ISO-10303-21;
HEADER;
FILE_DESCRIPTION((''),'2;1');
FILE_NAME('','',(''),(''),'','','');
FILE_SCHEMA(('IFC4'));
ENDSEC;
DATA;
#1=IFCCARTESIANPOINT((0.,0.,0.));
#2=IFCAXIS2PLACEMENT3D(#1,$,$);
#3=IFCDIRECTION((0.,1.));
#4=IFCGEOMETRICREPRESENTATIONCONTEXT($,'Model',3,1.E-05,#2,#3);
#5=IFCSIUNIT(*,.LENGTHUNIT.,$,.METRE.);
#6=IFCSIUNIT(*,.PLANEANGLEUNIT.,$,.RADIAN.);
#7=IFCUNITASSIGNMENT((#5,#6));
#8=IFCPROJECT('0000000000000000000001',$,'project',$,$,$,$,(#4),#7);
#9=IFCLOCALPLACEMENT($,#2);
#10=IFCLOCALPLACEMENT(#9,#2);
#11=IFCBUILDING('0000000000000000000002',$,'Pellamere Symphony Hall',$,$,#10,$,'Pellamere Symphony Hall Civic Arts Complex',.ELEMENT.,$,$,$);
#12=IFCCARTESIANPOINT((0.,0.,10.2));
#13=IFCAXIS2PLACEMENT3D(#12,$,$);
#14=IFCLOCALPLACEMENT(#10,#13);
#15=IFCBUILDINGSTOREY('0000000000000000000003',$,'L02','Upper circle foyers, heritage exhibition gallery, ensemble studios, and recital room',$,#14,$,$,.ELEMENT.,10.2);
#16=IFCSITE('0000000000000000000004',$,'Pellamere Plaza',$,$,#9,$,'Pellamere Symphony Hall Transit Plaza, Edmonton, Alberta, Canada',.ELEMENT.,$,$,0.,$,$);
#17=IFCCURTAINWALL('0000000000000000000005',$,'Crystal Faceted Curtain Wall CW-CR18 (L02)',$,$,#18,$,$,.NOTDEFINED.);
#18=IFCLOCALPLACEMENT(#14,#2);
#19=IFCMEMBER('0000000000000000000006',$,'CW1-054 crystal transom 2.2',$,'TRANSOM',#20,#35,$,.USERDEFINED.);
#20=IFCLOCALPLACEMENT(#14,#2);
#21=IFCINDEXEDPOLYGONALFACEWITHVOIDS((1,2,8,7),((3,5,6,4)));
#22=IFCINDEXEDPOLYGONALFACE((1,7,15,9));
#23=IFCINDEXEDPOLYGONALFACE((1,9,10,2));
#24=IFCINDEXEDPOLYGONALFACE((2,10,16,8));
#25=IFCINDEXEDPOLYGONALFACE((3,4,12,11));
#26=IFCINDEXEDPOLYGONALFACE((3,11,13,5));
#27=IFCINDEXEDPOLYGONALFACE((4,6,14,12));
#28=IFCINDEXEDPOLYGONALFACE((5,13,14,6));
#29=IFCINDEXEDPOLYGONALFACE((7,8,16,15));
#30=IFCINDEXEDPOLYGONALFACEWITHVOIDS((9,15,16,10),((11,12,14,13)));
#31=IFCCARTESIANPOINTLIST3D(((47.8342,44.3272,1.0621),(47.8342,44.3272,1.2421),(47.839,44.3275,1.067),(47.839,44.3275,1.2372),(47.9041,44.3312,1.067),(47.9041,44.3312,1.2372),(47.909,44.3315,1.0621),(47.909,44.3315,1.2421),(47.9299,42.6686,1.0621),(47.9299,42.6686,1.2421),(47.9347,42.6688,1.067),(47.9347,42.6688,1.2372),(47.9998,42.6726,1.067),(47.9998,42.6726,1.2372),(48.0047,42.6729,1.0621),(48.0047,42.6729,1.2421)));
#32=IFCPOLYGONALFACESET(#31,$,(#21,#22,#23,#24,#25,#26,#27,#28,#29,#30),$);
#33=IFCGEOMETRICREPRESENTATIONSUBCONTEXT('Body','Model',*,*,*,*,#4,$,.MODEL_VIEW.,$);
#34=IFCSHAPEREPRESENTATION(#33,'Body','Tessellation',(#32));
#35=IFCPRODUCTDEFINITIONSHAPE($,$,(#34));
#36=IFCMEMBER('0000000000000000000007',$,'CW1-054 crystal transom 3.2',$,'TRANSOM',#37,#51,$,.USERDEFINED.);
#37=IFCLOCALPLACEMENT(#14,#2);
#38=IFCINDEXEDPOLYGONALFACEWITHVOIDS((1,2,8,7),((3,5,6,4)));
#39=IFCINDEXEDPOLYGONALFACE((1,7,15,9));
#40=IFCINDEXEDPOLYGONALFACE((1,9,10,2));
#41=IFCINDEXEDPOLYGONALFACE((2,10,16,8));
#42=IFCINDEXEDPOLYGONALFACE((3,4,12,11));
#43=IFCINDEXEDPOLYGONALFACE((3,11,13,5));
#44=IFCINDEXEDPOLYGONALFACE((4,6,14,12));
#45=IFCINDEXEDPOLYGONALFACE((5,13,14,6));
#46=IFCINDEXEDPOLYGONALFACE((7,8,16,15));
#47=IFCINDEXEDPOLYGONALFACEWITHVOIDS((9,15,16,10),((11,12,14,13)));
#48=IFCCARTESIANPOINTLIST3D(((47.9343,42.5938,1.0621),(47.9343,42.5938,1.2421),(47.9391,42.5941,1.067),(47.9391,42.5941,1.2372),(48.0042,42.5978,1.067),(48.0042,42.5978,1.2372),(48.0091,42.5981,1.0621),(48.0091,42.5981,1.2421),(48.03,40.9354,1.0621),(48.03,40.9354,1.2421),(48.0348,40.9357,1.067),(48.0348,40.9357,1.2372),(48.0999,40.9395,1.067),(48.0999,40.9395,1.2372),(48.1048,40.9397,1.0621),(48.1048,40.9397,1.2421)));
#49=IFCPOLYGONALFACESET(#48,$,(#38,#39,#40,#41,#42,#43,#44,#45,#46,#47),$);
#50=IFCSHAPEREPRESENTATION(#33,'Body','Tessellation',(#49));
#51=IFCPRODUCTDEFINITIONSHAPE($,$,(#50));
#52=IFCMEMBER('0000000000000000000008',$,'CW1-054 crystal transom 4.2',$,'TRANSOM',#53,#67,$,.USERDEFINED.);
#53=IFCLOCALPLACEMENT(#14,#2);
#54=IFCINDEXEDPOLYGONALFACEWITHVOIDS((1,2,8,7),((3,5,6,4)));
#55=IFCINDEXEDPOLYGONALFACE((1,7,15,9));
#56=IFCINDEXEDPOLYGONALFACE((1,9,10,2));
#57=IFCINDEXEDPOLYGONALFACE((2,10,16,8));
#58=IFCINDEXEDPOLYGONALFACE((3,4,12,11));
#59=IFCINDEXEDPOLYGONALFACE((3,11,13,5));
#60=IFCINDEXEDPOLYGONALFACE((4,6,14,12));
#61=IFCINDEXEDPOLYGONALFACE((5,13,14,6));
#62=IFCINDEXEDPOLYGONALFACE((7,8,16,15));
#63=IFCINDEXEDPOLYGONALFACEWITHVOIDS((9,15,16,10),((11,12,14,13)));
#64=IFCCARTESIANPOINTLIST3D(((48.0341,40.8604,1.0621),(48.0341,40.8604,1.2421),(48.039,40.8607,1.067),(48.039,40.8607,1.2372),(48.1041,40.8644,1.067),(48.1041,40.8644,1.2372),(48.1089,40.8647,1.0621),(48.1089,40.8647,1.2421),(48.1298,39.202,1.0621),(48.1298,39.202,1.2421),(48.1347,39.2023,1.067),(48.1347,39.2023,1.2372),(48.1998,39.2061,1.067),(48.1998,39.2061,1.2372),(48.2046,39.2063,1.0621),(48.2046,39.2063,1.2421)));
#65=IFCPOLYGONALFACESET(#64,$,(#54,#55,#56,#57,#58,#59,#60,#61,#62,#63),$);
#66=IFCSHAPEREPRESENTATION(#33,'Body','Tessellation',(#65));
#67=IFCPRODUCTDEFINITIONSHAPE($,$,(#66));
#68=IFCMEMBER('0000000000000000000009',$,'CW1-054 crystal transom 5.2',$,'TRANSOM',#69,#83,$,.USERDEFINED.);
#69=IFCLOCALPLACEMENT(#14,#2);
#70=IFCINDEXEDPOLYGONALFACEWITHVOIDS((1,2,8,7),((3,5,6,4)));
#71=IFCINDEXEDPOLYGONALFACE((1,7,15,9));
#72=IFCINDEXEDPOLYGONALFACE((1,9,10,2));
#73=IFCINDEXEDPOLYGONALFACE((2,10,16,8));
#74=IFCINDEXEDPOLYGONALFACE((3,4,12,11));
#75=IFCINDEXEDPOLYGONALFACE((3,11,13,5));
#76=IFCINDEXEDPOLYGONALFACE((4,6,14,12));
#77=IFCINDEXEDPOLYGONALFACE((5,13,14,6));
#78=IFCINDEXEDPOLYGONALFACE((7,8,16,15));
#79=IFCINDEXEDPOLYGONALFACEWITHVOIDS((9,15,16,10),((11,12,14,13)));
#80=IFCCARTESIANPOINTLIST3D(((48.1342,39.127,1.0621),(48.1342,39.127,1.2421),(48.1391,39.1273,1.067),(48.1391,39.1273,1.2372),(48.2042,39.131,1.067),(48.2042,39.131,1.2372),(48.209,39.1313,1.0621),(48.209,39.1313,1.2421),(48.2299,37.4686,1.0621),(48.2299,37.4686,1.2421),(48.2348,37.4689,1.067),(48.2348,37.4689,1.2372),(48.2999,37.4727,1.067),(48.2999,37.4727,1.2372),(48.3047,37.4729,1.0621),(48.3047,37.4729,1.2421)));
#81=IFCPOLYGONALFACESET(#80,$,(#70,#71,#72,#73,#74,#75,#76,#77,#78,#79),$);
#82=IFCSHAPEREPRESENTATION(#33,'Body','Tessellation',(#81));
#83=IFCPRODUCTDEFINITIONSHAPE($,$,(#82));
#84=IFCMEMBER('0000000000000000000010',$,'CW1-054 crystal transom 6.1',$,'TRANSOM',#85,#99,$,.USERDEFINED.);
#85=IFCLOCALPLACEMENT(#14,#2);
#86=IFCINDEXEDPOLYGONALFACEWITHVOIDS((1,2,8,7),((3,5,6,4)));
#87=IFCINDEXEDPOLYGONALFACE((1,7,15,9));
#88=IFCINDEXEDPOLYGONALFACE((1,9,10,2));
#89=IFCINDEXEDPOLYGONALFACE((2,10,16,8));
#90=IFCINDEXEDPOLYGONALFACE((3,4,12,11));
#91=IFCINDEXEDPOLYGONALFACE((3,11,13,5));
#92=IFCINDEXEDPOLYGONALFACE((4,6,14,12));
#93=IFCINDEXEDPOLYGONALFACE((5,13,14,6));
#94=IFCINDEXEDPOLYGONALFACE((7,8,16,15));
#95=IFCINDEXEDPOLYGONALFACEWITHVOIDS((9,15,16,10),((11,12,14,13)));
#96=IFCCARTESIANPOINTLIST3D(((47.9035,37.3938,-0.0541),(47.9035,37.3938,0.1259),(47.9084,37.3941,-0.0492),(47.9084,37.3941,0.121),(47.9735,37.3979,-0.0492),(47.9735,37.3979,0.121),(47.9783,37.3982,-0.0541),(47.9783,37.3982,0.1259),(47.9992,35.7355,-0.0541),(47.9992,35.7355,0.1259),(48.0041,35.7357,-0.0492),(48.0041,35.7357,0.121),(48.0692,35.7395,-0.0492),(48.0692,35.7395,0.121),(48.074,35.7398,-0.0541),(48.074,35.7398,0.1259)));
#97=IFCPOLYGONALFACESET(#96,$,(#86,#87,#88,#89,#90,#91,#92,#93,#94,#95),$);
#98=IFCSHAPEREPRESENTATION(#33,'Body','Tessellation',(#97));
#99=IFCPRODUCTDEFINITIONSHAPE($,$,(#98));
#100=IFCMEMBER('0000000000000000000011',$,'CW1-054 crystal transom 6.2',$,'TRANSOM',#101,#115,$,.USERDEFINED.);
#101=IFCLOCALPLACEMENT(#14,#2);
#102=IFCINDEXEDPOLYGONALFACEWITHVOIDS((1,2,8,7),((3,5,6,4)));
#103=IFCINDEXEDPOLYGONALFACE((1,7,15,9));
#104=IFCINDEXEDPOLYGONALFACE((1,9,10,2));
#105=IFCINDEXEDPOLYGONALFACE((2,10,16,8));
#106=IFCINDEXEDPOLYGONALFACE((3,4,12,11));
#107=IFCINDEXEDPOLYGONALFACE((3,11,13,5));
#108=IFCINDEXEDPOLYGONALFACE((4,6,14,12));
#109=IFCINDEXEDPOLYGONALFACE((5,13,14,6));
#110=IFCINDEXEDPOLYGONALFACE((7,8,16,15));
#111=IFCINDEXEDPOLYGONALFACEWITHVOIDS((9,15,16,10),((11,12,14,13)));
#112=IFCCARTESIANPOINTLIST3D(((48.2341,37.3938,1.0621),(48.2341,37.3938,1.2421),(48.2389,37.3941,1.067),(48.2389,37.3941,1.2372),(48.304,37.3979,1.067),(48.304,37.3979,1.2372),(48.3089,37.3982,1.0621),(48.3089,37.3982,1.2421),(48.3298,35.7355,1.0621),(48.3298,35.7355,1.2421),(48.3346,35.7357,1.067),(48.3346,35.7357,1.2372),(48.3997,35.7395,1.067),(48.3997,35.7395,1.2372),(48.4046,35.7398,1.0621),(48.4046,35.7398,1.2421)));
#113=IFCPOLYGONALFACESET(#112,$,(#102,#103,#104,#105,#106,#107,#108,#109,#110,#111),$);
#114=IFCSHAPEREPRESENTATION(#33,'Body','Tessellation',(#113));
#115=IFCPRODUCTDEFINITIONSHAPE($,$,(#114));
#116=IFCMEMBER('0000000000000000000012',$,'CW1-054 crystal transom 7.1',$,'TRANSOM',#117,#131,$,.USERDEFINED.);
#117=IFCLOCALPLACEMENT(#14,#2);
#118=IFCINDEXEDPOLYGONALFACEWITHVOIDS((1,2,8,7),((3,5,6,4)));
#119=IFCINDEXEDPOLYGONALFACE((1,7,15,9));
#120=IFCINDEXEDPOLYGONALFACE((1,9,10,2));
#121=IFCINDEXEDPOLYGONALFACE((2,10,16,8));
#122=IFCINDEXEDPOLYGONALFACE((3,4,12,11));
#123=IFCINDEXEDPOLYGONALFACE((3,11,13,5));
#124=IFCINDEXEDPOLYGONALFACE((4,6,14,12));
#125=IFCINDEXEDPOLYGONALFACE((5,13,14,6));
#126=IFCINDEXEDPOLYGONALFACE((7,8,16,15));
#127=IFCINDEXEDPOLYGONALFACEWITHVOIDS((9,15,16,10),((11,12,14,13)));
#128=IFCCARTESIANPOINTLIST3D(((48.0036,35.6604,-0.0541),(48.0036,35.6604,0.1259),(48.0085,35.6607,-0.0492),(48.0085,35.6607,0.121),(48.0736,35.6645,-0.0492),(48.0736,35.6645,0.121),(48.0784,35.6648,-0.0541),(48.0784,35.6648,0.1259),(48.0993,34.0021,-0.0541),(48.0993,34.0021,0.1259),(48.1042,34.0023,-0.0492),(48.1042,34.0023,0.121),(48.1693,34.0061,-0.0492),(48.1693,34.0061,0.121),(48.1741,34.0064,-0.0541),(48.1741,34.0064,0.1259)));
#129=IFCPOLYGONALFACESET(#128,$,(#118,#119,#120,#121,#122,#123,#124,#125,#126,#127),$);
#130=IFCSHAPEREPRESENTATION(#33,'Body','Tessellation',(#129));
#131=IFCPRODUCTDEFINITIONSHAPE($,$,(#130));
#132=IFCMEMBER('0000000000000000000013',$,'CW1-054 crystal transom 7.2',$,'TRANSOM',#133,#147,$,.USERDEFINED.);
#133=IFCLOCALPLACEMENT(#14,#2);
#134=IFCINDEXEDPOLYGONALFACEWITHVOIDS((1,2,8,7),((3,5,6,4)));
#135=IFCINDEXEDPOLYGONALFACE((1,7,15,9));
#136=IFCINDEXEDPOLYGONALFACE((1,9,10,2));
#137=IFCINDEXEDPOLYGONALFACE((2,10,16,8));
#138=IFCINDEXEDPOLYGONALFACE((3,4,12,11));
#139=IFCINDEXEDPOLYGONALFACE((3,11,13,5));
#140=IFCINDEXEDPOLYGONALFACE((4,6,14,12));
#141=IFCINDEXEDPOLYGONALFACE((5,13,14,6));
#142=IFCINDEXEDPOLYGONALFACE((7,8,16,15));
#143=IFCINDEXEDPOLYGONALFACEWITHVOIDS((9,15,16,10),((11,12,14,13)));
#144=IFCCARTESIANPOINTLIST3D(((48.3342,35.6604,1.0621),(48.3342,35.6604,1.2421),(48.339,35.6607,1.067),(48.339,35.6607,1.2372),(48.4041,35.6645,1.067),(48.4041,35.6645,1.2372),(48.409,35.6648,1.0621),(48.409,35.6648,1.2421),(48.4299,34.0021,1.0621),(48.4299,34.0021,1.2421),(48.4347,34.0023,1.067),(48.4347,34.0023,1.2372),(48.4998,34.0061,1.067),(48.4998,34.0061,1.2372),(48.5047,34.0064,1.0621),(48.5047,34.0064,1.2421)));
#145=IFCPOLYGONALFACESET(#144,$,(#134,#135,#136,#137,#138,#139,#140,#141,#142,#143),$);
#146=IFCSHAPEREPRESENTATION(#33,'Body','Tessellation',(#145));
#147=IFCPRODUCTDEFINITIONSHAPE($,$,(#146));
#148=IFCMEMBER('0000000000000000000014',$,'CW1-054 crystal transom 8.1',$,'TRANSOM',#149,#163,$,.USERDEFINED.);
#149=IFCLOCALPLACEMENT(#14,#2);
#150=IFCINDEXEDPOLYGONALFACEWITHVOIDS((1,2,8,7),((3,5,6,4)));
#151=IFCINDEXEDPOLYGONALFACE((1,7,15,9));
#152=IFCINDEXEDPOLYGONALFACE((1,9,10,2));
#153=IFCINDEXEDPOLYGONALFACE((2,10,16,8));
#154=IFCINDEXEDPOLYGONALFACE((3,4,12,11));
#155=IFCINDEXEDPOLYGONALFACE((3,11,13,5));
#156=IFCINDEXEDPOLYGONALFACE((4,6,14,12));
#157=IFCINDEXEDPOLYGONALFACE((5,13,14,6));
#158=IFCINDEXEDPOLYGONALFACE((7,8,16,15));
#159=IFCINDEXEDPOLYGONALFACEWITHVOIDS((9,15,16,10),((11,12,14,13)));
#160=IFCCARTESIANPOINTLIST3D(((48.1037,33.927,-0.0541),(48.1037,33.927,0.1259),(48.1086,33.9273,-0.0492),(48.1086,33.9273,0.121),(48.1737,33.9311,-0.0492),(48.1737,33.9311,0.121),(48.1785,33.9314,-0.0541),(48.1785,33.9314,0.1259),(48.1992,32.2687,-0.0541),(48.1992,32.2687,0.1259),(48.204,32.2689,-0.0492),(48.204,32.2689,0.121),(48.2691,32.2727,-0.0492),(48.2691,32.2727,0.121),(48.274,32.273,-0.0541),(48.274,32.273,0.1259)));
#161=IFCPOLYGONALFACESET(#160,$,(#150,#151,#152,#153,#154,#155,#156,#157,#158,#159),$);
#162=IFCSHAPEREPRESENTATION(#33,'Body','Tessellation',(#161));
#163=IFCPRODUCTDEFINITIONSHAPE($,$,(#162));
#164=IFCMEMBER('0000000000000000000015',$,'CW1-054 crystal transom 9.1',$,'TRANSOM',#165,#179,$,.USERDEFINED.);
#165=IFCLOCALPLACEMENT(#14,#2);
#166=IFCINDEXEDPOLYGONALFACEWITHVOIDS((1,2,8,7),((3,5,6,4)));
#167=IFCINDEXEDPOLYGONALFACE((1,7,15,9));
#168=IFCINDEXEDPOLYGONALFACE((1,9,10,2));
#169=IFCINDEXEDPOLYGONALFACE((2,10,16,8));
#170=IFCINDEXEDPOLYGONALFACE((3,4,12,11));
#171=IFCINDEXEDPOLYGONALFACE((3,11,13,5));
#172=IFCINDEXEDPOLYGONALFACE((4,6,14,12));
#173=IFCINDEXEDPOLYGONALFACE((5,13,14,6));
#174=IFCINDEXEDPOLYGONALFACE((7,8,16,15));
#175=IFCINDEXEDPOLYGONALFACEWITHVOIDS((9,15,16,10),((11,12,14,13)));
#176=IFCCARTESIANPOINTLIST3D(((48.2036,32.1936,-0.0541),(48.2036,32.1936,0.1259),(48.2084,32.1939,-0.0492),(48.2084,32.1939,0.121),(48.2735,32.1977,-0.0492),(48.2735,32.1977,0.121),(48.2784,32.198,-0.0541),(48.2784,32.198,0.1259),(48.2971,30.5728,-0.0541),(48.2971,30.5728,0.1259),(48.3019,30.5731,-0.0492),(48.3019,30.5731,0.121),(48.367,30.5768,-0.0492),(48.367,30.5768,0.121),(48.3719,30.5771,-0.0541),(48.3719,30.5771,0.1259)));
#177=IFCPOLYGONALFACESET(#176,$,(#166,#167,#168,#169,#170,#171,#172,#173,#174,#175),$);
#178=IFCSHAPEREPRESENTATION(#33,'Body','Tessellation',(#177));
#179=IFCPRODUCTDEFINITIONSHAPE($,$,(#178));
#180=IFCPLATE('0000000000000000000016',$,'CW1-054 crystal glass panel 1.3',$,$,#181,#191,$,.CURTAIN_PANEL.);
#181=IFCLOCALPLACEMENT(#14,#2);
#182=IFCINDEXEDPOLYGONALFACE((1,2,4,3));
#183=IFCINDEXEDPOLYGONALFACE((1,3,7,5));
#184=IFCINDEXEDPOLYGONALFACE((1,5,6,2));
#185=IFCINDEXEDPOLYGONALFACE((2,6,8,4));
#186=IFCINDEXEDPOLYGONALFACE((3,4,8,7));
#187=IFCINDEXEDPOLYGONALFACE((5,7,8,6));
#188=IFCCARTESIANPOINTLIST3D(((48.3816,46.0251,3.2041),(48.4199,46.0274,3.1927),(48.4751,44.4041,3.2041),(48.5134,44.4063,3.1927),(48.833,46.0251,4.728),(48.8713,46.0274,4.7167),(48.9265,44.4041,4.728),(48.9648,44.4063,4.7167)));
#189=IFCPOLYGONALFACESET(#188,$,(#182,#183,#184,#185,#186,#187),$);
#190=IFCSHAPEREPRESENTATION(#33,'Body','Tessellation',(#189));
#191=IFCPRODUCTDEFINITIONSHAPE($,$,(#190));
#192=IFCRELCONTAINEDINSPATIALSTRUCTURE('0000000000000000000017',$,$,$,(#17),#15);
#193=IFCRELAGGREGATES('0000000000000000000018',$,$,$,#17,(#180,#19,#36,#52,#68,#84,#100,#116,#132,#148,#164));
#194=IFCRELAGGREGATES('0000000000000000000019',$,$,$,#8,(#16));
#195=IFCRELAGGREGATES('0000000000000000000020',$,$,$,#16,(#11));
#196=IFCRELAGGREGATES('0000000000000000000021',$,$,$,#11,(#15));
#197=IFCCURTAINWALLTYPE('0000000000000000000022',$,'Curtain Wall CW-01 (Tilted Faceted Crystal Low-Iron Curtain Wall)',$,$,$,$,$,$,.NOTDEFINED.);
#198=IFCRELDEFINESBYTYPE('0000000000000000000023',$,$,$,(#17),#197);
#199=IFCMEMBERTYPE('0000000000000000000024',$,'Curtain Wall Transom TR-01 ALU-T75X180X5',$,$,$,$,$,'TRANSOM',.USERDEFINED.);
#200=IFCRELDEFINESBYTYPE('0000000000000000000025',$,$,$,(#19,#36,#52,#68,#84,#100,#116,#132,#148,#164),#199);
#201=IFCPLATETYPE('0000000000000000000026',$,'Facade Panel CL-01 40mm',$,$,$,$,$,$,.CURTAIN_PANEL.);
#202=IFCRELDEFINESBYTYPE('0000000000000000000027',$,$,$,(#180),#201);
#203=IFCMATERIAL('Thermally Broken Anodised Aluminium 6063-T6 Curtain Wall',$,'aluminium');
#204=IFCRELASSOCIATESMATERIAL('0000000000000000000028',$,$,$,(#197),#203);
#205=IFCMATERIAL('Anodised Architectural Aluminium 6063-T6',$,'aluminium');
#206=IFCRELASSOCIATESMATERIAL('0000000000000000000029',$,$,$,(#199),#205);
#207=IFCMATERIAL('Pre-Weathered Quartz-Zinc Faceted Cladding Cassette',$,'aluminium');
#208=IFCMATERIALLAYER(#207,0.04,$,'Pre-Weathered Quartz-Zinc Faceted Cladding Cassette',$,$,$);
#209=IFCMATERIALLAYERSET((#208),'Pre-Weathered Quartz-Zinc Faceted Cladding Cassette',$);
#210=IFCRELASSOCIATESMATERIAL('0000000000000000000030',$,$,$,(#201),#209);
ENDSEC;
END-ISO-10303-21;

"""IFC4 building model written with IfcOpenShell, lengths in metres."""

from ifc_helpers import new_model, si_unit, direction, frame, origin, origin_2d, place, context, subcontext, project, spatial, polyline, hollow_rectangle, outline, extrude, material, layer, layer_set, material_profile, profile_set, type_object, element, aggregate, save


model = new_model("IFC4")

# Units and contexts
model_context = context("Model", 3, precision=1e-05, world=origin(), true_north=direction((0.0, 1.0)))
body_context = subcontext(model_context, "Body", "Model", "MODEL_VIEW")
ifc_project = project(units=[si_unit("LENGTHUNIT", "METRE"), si_unit("PLANEANGLEUNIT", "RADIAN")], contexts=[model_context])

# Site, building, storey
site_placement = place(None, origin())
site = spatial("IfcSite", under=ifc_project, at=site_placement, Name="Pellamere Plaza", LongName="Pellamere Symphony Hall Transit Plaza, Edmonton, Alberta, Canada", CompositionType="ELEMENT", RefElevation=0.0)
building_placement = place(site_placement, origin())
building = spatial("IfcBuilding", under=site, at=building_placement, Name="Pellamere Symphony Hall", LongName="Pellamere Symphony Hall Civic Arts Complex", CompositionType="ELEMENT")
storey_placement = place(building_placement, frame((0.0, 0.0, 10.2)))
storey = spatial("IfcBuildingStorey", under=building, at=storey_placement, Name="L02", Description="Upper circle foyers, heritage exhibition gallery, ensemble studios, and recital room", CompositionType="ELEMENT", Elevation=10.2)

# Curtain wall
ifc_material_1 = material(Name="Thermally Broken Anodised Aluminium 6063-T6 Curtain Wall", Category="aluminium")
curtain_wall_type = type_object("IfcCurtainWallType", Name="Curtain Wall CW-01 (Tilted Faceted Crystal Low-Iron Curtain Wall)", PredefinedType="NOTDEFINED", material=ifc_material_1)
curtain_wall_1_placement = place(storey_placement, origin())
curtain_wall_1 = element("IfcCurtainWall", 1, at=curtain_wall_1_placement, inside=storey, type_object=curtain_wall_type, Name="Crystal Faceted Curtain Wall CW-CR18 (L02)", PredefinedType="NOTDEFINED")
ifc_material_2 = material(Name="Anodised Architectural Aluminium 6063-T6", Category="aluminium")
ifc_material_profile_1 = material_profile(ifc_material_2, hollow_rectangle(XDim=0.075, YDim=0.1799, WallThickness=0.0049, at=origin_2d()), Name="ALU-T75X180X5")
ifc_profile_set_1 = profile_set([ifc_material_profile_1], Name="Anodised Architectural Aluminium 6063-T6")
member_type_1 = type_object("IfcMemberType", Name="Curtain Wall Transom TR-01 ALU-T75X180X5", ElementType="TRANSOM", PredefinedType="USERDEFINED", material=ifc_profile_set_1)

# Members
member_1_placement = place(storey_placement, frame((47.8716, 44.3293, 1.1521), z_axis=(0.057602, -0.99834, 0.0), x_axis=(0.99834, 0.057602, 0.0)))
member_1 = element("IfcMember", 2, at=member_1_placement, type_object=member_type_1, Name="CW1-054 crystal transom 2.2", ObjectType="TRANSOM", PredefinedType="USERDEFINED", context=body_context, shape_type="SweptSolid", body=[
    extrude(hollow_rectangle(XDim=0.075, YDim=0.1799, WallThickness=0.0049, at=origin_2d()), origin(), (0.0, 0.0, 1.0), 1.6614),
])
member_2_placement = place(storey_placement, frame((47.9717, 42.5959, 1.1521), z_axis=(0.057611, -0.998339, 0.0), x_axis=(0.998339, 0.057611, 0.0)))
member_2 = element("IfcMember", 3, at=member_2_placement, type_object=member_type_1, Name="CW1-054 crystal transom 3.2", ObjectType="TRANSOM", PredefinedType="USERDEFINED", context=body_context, shape_type="SweptSolid", body=[
    extrude(hollow_rectangle(XDim=0.075, YDim=0.1799, WallThickness=0.0049, at=origin_2d()), origin(), (0.0, 0.0, 1.0), 1.6611),
])
member_3_placement = place(storey_placement, frame((48.0715, 40.8625, 1.1521), z_axis=(0.057611, -0.998339, 0.0), x_axis=(0.998339, 0.057611, 0.0)))
member_3 = element("IfcMember", 4, at=member_3_placement, type_object=member_type_1, Name="CW1-054 crystal transom 4.2", ObjectType="TRANSOM", PredefinedType="USERDEFINED", context=body_context, shape_type="SweptSolid", body=[
    extrude(hollow_rectangle(XDim=0.075, YDim=0.1799, WallThickness=0.0049, at=origin_2d()), origin(), (0.0, 0.0, 1.0), 1.6611),
])
member_4_placement = place(storey_placement, frame((48.1716, 39.1292, 1.1521), z_axis=(0.057611, -0.998339, 0.0), x_axis=(0.998339, 0.057611, 0.0)))
member_4 = element("IfcMember", 5, at=member_4_placement, type_object=member_type_1, Name="CW1-054 crystal transom 5.2", ObjectType="TRANSOM", PredefinedType="USERDEFINED", context=body_context, shape_type="SweptSolid", body=[
    extrude(hollow_rectangle(XDim=0.075, YDim=0.1799, WallThickness=0.0049, at=origin_2d()), origin(), (0.0, 0.0, 1.0), 1.6611),
])
member_5_placement = place(storey_placement, frame((47.9409, 37.396, 0.0359), z_axis=(0.057611, -0.998339, 0.0), x_axis=(0.998339, 0.057611, 0.0)))
member_5 = element("IfcMember", 6, at=member_5_placement, type_object=member_type_1, Name="CW1-054 crystal transom 6.1", ObjectType="TRANSOM", PredefinedType="USERDEFINED", context=body_context, shape_type="SweptSolid", body=[
    extrude(hollow_rectangle(XDim=0.075, YDim=0.1799, WallThickness=0.0049, at=origin_2d()), origin(), (0.0, 0.0, 1.0), 1.6611),
])
member_6_placement = place(storey_placement, frame((48.2715, 37.396, 1.1521), z_axis=(0.057611, -0.998339, 0.0), x_axis=(0.998339, 0.057611, 0.0)))
member_6 = element("IfcMember", 7, at=member_6_placement, type_object=member_type_1, Name="CW1-054 crystal transom 6.2", ObjectType="TRANSOM", PredefinedType="USERDEFINED", context=body_context, shape_type="SweptSolid", body=[
    extrude(hollow_rectangle(XDim=0.075, YDim=0.1799, WallThickness=0.0049, at=origin_2d()), origin(), (0.0, 0.0, 1.0), 1.6611),
])
member_7_placement = place(storey_placement, frame((48.041, 35.6626, 0.0359), z_axis=(0.057611, -0.998339, 0.0), x_axis=(0.998339, 0.057611, 0.0)))
member_7 = element("IfcMember", 8, at=member_7_placement, type_object=member_type_1, Name="CW1-054 crystal transom 7.1", ObjectType="TRANSOM", PredefinedType="USERDEFINED", context=body_context, shape_type="SweptSolid", body=[
    extrude(hollow_rectangle(XDim=0.075, YDim=0.1799, WallThickness=0.0049, at=origin_2d()), origin(), (0.0, 0.0, 1.0), 1.6611),
])
member_8_placement = place(storey_placement, frame((48.3716, 35.6626, 1.1521), z_axis=(0.057611, -0.998339, 0.0), x_axis=(0.998339, 0.057611, 0.0)))
member_8 = element("IfcMember", 9, at=member_8_placement, type_object=member_type_1, Name="CW1-054 crystal transom 7.2", ObjectType="TRANSOM", PredefinedType="USERDEFINED", context=body_context, shape_type="SweptSolid", body=[
    extrude(hollow_rectangle(XDim=0.075, YDim=0.1799, WallThickness=0.0049, at=origin_2d()), origin(), (0.0, 0.0, 1.0), 1.6611),
])
member_9_placement = place(storey_placement, frame((48.1411, 33.9292, 0.0359), z_axis=(0.057464, -0.998348, 0.0), x_axis=(0.998348, 0.057464, 0.0)))
member_9 = element("IfcMember", 10, at=member_9_placement, type_object=member_type_1, Name="CW1-054 crystal transom 8.1", ObjectType="TRANSOM", PredefinedType="USERDEFINED", context=body_context, shape_type="SweptSolid", body=[
    extrude(hollow_rectangle(XDim=0.075, YDim=0.1799, WallThickness=0.0049, at=origin_2d()), origin(), (0.0, 0.0, 1.0), 1.6611),
])
member_10_placement = place(storey_placement, frame((48.241, 32.1958, 0.0359), z_axis=(0.057594, -0.99834, 0.0), x_axis=(0.99834, 0.057594, 0.0)))
member_10 = element("IfcMember", 11, at=member_10_placement, type_object=member_type_1, Name="CW1-054 crystal transom 9.1", ObjectType="TRANSOM", PredefinedType="USERDEFINED", context=body_context, shape_type="SweptSolid", body=[
    extrude(hollow_rectangle(XDim=0.075, YDim=0.1799, WallThickness=0.0049, at=origin_2d()), origin(), (0.0, 0.0, 1.0), 1.6235),
])

# Plate
ifc_material_3 = material(Name="Pre-Weathered Quartz-Zinc Faceted Cladding Cassette", Category="aluminium")
ifc_layer_1 = layer(ifc_material_3, 0.04, Name="Pre-Weathered Quartz-Zinc Faceted Cladding Cassette")
ifc_layer_set_1 = layer_set([ifc_layer_1], Name="Pre-Weathered Quartz-Zinc Faceted Cladding Cassette")
plate_type_1 = type_object("IfcPlateType", Name="Facade Panel CL-01 40mm", PredefinedType="CURTAIN_PANEL", material=ifc_layer_set_1)
plate_1_placement = place(storey_placement, frame((48.3816, 46.0251, 3.2041), z_axis=(-0.957355, -0.055221, 0.283587), x_axis=(0.057585, -0.998341, 0.0)))
plate_1 = element("IfcPlate", 12, at=plate_1_placement, type_object=plate_type_1, Name="CW1-054 crystal glass panel 1.3", PredefinedType="CURTAIN_PANEL", context=body_context, shape_type="SweptSolid", body=[
    extrude(outline(polyline([(0.0, 0.0), (1.6238, 0.0), (1.6498, 1.5892), (0.026, 1.5892), (0.0, 0.0)])), origin(), (0.0, 0.0, -1.0), 0.04),
])
aggregate(curtain_wall_1, [plate_1, member_1, member_2, member_3, member_4, member_5, member_6, member_7, member_8, member_9, member_10])

save(model, "model.ifc")
